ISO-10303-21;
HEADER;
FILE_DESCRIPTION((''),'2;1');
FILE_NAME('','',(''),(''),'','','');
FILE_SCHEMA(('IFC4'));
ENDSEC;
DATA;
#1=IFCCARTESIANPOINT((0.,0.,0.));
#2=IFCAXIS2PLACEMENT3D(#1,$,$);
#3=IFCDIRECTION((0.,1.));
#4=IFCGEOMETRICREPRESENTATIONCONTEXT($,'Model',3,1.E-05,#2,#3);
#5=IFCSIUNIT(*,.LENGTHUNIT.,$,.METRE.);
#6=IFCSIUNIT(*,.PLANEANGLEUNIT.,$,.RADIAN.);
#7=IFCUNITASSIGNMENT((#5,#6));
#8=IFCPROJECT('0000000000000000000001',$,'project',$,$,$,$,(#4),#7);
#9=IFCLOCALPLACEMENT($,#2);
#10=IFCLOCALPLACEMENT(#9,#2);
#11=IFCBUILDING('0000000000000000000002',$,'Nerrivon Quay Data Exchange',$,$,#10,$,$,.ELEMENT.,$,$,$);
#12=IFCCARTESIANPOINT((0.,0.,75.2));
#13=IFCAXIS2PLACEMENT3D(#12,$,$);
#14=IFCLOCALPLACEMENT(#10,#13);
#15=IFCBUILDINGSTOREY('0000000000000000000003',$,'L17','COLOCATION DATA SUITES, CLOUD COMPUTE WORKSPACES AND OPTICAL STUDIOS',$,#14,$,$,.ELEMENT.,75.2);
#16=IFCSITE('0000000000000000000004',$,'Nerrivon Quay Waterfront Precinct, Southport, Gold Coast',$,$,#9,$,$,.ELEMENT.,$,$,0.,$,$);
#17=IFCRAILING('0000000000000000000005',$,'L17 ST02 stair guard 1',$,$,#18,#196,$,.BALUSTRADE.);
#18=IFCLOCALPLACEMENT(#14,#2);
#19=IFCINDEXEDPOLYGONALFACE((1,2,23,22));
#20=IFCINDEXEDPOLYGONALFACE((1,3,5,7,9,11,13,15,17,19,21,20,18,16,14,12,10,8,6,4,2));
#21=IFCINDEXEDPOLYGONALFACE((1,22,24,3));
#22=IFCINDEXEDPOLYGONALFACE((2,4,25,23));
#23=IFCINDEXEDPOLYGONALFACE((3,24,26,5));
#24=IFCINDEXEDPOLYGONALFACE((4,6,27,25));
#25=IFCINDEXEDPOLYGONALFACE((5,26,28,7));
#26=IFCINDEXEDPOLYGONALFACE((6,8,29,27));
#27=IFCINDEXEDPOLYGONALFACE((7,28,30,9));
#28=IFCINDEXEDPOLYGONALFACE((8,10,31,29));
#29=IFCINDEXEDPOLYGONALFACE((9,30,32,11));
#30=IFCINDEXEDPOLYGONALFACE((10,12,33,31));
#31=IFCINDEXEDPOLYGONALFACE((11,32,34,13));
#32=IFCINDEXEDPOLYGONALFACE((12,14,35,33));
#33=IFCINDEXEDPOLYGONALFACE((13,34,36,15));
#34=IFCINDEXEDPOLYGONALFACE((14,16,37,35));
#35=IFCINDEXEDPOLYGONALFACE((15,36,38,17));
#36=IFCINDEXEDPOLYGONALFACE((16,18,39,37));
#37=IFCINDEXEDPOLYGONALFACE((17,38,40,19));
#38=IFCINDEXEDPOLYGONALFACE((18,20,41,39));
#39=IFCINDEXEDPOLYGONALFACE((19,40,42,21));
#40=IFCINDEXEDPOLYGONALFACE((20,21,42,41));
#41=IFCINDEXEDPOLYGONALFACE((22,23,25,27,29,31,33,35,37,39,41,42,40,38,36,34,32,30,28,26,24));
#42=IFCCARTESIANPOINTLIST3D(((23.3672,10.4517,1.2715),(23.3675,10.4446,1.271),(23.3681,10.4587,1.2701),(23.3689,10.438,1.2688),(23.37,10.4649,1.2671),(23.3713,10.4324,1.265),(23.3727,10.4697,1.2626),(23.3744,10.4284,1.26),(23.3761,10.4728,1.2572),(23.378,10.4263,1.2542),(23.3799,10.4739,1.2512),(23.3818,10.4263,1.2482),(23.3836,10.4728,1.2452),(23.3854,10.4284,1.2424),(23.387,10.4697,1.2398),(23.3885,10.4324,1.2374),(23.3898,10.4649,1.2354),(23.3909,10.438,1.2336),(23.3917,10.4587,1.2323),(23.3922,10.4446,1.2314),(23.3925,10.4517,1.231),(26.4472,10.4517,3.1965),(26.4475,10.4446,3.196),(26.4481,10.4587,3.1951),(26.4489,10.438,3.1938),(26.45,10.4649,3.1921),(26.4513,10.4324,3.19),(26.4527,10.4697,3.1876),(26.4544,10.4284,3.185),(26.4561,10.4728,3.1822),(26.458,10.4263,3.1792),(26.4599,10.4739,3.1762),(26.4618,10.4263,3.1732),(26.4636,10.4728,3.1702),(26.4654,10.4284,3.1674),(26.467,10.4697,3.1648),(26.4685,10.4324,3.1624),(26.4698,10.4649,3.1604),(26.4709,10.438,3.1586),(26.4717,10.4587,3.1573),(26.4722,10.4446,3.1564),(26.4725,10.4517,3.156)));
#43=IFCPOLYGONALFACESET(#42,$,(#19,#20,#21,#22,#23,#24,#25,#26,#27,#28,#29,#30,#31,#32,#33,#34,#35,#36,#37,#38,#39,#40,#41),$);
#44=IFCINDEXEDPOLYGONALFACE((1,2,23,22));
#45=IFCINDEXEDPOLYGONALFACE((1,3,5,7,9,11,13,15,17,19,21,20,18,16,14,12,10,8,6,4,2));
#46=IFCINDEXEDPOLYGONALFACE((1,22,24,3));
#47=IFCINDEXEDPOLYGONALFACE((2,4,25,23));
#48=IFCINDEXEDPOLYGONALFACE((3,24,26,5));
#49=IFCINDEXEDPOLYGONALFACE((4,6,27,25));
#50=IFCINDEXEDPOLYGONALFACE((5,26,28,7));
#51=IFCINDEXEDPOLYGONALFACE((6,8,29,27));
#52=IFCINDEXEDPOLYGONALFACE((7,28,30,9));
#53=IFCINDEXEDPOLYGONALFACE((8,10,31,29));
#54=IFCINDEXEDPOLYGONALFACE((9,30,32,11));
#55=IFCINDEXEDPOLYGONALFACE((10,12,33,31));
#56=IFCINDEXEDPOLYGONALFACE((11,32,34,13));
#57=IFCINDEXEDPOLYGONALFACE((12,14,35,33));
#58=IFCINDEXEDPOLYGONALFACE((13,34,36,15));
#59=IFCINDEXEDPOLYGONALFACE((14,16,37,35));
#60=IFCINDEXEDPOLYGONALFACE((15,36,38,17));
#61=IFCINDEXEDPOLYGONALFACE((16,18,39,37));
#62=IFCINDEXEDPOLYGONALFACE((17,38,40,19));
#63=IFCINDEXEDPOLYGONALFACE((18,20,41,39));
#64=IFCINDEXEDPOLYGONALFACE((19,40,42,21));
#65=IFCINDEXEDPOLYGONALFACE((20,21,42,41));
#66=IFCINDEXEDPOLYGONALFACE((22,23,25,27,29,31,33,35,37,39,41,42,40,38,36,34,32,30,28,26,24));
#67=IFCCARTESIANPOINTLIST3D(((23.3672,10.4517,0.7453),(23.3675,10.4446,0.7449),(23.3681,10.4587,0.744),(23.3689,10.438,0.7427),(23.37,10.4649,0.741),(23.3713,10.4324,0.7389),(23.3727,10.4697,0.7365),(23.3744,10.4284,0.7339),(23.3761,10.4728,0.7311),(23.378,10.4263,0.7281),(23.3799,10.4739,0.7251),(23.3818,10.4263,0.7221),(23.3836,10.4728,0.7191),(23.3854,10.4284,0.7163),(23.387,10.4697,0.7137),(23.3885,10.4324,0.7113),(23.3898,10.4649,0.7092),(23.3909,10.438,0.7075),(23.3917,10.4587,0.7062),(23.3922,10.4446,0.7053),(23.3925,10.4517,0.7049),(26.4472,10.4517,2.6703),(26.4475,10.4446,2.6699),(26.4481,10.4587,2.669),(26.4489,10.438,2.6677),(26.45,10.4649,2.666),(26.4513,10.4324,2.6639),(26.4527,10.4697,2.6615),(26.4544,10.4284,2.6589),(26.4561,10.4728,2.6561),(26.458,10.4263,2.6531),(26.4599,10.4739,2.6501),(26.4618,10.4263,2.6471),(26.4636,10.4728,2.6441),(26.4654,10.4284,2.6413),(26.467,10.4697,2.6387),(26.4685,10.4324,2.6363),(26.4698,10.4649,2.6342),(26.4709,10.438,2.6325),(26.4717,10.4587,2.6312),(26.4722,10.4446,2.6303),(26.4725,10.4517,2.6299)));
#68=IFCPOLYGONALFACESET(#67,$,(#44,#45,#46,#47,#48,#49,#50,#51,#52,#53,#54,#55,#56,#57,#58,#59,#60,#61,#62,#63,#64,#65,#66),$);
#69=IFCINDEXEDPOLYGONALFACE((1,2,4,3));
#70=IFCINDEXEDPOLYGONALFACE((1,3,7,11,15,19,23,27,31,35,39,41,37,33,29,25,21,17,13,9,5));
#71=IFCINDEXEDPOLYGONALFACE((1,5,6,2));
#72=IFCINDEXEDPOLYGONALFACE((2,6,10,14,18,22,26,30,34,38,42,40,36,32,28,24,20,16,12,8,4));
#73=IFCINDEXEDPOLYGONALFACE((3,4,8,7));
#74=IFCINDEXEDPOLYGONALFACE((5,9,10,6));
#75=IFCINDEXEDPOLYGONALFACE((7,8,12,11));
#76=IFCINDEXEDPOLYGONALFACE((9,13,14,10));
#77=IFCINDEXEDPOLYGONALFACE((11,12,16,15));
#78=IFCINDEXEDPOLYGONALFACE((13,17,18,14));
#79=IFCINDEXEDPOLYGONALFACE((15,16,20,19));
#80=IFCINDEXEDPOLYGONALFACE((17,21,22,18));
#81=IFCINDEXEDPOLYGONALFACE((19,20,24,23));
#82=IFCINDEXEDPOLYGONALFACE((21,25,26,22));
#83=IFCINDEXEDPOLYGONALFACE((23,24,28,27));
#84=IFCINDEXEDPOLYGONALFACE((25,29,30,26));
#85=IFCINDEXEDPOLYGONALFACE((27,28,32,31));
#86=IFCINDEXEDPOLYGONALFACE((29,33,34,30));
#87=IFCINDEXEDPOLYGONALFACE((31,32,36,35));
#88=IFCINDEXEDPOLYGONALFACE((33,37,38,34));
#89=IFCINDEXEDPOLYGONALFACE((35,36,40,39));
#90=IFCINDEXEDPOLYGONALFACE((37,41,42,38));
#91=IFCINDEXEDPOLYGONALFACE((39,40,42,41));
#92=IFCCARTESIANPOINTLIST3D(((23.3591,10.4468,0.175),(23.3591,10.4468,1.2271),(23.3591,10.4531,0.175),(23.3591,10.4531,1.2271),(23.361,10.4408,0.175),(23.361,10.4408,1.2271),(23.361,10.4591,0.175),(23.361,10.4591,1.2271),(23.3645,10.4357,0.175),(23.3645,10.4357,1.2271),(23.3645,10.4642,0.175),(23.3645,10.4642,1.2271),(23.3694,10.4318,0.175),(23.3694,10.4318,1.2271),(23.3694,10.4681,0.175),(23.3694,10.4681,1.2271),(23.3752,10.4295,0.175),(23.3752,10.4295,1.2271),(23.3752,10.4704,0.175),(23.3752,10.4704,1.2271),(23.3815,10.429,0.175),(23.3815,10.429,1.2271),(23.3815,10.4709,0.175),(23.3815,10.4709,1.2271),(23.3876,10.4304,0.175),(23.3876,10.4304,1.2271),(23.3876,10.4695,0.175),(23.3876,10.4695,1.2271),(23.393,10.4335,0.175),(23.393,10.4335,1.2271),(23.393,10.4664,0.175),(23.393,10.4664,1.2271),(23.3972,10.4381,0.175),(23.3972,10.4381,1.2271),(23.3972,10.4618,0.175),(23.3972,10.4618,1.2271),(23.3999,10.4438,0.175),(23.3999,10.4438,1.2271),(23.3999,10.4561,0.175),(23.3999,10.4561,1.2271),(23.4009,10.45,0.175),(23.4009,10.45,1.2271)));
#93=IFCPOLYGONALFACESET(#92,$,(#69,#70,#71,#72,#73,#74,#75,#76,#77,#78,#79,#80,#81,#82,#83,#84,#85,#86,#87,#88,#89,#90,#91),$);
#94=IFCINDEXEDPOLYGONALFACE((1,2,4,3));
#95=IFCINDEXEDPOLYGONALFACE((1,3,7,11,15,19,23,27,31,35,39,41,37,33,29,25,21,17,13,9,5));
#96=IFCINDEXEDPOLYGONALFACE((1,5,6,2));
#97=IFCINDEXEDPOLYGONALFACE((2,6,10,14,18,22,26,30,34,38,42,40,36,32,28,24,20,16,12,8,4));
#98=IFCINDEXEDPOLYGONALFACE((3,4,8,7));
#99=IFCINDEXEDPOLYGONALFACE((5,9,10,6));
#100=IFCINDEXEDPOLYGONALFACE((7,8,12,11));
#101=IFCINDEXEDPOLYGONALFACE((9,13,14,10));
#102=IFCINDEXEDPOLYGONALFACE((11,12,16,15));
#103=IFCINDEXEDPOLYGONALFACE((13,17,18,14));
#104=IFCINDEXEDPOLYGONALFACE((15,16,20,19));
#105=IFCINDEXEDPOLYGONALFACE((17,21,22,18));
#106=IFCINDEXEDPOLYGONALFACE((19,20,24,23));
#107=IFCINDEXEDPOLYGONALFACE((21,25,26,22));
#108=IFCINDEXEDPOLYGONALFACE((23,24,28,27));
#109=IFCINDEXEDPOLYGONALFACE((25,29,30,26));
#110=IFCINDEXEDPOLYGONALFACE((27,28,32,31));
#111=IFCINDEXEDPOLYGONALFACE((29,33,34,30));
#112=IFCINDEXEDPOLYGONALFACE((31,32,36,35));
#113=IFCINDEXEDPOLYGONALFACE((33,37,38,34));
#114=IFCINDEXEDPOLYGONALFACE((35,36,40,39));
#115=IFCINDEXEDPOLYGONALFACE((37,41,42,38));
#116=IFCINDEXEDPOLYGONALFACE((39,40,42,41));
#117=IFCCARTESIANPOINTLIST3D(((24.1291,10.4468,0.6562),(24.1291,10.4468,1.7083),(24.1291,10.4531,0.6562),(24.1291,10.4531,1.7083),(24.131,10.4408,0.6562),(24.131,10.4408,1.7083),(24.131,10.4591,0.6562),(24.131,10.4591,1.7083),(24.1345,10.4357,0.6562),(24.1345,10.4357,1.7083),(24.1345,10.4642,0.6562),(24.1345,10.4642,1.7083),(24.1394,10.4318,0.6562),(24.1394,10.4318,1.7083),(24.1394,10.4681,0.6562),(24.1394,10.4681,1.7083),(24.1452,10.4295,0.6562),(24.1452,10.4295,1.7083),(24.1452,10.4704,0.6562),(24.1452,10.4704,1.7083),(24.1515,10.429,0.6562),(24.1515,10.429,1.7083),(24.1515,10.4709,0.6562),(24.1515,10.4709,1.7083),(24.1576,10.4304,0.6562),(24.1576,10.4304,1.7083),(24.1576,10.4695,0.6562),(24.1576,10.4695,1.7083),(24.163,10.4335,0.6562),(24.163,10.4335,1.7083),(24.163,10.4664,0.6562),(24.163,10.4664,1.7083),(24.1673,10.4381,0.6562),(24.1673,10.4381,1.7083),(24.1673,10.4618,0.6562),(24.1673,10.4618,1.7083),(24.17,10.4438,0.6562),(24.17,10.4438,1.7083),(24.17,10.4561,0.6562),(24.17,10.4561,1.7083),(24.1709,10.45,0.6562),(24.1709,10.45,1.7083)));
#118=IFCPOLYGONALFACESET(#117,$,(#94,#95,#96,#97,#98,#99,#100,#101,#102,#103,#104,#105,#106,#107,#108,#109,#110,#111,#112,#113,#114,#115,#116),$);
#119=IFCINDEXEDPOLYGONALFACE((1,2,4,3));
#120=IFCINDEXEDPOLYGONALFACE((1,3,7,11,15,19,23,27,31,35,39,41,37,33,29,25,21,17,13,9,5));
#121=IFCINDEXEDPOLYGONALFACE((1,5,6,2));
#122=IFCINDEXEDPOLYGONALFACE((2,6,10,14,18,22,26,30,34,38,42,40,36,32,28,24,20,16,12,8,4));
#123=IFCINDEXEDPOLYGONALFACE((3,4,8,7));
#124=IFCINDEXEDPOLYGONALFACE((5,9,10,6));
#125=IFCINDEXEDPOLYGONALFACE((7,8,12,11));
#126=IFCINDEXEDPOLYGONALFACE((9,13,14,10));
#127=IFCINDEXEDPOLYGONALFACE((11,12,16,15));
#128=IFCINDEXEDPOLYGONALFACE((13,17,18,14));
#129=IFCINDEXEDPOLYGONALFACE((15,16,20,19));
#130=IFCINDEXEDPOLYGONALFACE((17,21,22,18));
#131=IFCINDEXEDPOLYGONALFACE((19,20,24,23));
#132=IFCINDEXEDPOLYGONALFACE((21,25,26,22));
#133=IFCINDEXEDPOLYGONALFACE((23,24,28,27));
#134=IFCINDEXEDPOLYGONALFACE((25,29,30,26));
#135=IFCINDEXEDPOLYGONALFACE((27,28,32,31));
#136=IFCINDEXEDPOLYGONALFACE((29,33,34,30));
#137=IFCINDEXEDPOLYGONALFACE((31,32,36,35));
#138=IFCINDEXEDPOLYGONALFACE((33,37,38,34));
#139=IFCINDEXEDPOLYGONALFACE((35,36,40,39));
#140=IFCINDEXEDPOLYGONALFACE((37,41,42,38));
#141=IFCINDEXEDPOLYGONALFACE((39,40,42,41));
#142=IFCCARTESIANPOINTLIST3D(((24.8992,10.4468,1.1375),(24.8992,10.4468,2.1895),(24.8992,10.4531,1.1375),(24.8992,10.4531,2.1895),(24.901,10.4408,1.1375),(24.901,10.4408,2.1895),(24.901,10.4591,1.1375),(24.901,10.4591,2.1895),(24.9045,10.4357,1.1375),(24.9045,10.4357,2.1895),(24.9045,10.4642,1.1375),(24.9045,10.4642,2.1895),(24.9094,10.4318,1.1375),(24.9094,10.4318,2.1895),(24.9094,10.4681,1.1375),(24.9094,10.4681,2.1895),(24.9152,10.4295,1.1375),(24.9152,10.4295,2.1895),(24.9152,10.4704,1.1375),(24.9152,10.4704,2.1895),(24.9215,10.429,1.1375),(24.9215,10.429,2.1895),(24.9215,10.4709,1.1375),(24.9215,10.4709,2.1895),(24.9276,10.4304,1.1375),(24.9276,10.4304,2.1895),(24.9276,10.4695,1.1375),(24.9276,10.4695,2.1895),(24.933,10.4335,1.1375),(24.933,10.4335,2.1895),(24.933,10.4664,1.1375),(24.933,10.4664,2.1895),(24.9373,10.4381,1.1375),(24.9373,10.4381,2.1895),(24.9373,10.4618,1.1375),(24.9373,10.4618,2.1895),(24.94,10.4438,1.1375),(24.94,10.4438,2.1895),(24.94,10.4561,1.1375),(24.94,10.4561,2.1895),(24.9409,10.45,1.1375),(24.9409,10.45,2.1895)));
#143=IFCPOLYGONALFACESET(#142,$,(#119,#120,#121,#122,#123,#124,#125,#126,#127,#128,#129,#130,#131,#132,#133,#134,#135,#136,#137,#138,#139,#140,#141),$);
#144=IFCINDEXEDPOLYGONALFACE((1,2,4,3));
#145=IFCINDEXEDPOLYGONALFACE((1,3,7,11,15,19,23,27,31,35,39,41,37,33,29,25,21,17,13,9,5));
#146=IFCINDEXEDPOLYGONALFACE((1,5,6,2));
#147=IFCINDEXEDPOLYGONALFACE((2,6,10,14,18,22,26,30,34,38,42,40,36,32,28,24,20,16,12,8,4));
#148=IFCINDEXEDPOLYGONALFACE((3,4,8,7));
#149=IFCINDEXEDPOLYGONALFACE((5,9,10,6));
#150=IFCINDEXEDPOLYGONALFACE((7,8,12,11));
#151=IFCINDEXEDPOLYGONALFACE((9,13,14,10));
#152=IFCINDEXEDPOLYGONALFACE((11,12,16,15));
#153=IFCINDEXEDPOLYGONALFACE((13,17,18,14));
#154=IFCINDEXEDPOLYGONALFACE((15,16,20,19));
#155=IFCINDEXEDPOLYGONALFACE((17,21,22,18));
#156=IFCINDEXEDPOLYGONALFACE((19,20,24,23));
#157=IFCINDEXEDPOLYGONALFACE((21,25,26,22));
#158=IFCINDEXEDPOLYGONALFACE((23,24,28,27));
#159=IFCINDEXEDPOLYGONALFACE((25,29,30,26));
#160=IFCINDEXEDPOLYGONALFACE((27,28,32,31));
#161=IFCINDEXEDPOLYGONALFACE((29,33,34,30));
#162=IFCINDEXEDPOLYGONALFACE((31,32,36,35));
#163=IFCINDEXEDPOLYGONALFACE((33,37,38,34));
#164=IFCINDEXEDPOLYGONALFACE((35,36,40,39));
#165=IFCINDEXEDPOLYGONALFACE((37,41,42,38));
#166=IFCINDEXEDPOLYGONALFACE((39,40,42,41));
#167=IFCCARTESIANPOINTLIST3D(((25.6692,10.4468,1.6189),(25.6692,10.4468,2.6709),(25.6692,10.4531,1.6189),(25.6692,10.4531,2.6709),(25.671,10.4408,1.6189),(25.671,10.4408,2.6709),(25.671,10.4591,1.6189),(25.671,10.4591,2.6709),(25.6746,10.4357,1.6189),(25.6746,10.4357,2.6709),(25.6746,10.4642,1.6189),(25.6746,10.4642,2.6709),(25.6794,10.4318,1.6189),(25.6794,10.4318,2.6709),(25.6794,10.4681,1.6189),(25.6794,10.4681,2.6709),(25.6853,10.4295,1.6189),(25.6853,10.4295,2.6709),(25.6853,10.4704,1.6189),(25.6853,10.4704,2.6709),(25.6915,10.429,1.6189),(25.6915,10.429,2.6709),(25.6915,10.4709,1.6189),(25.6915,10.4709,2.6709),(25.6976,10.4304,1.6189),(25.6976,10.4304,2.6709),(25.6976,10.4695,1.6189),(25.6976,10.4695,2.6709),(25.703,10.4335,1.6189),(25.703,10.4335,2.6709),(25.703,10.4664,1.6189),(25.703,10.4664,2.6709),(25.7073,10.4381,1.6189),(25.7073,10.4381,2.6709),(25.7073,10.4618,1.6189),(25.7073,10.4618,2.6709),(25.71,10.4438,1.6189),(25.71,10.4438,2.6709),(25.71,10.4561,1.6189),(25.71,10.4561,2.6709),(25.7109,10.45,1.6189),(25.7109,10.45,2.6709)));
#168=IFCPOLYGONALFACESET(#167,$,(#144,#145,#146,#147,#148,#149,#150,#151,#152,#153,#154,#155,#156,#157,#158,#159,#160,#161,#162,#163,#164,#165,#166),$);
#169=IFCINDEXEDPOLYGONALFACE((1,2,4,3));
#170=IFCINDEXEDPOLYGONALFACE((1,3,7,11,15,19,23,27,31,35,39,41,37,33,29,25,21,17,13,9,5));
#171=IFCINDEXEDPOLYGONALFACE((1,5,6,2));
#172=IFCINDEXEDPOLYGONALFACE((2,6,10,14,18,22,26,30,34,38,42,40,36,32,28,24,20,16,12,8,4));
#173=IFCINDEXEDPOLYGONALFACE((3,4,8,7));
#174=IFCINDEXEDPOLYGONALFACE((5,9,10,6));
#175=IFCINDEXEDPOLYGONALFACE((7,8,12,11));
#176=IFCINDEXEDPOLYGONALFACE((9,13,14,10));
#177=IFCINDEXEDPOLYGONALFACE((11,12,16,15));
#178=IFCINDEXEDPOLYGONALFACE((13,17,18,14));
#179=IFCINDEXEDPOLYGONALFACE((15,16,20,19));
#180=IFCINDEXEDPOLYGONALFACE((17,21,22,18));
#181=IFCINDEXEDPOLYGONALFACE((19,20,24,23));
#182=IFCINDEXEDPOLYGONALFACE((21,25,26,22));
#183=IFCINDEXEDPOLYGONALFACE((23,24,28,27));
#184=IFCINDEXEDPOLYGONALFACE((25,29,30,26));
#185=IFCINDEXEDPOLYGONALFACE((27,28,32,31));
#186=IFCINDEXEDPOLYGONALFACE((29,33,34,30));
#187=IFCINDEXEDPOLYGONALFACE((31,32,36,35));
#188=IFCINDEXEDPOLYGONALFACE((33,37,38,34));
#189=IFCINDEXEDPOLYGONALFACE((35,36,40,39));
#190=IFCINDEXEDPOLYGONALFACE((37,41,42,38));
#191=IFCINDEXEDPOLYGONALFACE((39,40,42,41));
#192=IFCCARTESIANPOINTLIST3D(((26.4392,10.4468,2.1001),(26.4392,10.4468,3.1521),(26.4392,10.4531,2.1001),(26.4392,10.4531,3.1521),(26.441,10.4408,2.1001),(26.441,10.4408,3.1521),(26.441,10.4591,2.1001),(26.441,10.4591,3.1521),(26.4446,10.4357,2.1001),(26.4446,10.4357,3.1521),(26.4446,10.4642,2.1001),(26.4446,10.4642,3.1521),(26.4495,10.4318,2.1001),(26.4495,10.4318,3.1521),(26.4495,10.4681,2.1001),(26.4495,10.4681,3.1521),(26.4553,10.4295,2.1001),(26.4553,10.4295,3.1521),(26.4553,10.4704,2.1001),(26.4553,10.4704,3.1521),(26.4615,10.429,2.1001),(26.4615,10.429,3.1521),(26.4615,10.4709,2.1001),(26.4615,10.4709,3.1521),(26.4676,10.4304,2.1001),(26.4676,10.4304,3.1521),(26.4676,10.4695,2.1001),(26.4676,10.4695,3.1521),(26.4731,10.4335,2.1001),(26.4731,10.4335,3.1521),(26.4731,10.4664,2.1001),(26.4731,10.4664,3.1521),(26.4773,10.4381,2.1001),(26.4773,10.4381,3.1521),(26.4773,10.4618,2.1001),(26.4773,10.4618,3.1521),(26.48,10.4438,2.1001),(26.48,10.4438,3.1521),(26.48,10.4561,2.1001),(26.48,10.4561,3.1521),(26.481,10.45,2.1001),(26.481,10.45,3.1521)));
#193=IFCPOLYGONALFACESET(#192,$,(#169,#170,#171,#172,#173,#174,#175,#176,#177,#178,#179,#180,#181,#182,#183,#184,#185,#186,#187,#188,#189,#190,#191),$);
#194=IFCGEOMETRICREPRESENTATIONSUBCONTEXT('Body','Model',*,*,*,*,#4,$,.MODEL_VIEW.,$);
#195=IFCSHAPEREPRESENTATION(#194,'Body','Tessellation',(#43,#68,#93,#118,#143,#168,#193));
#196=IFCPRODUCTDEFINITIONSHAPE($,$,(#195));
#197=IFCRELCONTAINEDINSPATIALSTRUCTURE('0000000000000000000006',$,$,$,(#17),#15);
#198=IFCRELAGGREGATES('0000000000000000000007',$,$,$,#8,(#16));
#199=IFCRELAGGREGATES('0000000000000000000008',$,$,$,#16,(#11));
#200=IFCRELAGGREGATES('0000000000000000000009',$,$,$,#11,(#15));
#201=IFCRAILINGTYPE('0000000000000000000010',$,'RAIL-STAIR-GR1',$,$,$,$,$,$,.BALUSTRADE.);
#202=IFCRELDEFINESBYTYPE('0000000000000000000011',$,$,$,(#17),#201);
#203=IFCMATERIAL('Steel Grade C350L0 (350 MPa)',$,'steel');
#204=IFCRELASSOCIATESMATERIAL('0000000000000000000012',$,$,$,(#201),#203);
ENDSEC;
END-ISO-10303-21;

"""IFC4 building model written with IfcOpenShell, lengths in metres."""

from ifc_helpers import new_model, si_unit, direction, frame, origin, origin_2d, place, context, subcontext, project, spatial, circle, extrude, material, type_object, element, save


model = new_model("IFC4")

# Units and contexts
model_context = context("Model", 3, precision=1e-05, world=origin(), true_north=direction((0.0, 1.0)))
body_context = subcontext(model_context, "Body", "Model", "MODEL_VIEW")
ifc_project = project(units=[si_unit("LENGTHUNIT", "METRE"), si_unit("PLANEANGLEUNIT", "RADIAN")], contexts=[model_context])

# Site, building, storey
site_placement = place(None, origin())
site = spatial("IfcSite", under=ifc_project, at=site_placement, Name="Nerrivon Quay Waterfront Precinct, Southport, Gold Coast", CompositionType="ELEMENT", RefElevation=0.0)
building_placement = place(site_placement, origin())
building = spatial("IfcBuilding", under=site, at=building_placement, Name="Nerrivon Quay Data Exchange", CompositionType="ELEMENT")
storey_placement = place(building_placement, frame((0.0, 0.0, 75.2)))
storey = spatial("IfcBuildingStorey", under=building, at=storey_placement, Name="L17", Description="COLOCATION DATA SUITES, CLOUD COMPUTE WORKSPACES AND OPTICAL STUDIOS", CompositionType="ELEMENT", Elevation=75.2)

# Railing
ifc_material_1 = material(Name="Steel Grade C350L0 (350 MPa)", Category="steel")
railing_type_1 = type_object("IfcRailingType", Name="RAIL-STAIR-GR1", PredefinedType="BALUSTRADE", material=ifc_material_1)
railing_1_placement = place(storey_placement, frame((23.3799, 10.45, 0.175)))
element("IfcRailing", 1, at=railing_1_placement, inside=storey, type_object=railing_type_1, Name="L17 ST02 stair guard 1", PredefinedType="BALUSTRADE", context=body_context, shape_type="SweptSolid", body=[
    extrude(circle(Radius=0.0239, at=origin_2d()), frame((0.0, 0.0, 1.0762), z_axis=(0.847998, 0.0, 0.529999), x_axis=(0.0, 1.0, 0.0)), (0.0, 0.0, 1.0), 3.6321),
    extrude(circle(Radius=0.0239, at=origin_2d()), frame((0.0, 0.0, 0.55), z_axis=(0.847998, 0.0, 0.529999), x_axis=(0.0, 1.0, 0.0)), (0.0, 0.0, 1.0), 3.6321),
    extrude(circle(Radius=0.021, at=origin_2d()), origin(), (0.0, 0.0, 1.0), 1.052),
    extrude(circle(Radius=0.021, at=origin_2d()), frame((0.77, 0.0, 0.4812)), (0.0, 0.0, 1.0), 1.052),
    extrude(circle(Radius=0.021, at=origin_2d()), frame((1.54, 0.0, 0.9624)), (0.0, 0.0, 1.0), 1.052),
    extrude(circle(Radius=0.021, at=origin_2d()), frame((2.3101, 0.0, 1.4438)), (0.0, 0.0, 1.0), 1.052),
    extrude(circle(Radius=0.021, at=origin_2d()), frame((3.0801, 0.0, 1.925)), (0.0, 0.0, 1.0), 1.052),
])

save(model, "model.ifc")
